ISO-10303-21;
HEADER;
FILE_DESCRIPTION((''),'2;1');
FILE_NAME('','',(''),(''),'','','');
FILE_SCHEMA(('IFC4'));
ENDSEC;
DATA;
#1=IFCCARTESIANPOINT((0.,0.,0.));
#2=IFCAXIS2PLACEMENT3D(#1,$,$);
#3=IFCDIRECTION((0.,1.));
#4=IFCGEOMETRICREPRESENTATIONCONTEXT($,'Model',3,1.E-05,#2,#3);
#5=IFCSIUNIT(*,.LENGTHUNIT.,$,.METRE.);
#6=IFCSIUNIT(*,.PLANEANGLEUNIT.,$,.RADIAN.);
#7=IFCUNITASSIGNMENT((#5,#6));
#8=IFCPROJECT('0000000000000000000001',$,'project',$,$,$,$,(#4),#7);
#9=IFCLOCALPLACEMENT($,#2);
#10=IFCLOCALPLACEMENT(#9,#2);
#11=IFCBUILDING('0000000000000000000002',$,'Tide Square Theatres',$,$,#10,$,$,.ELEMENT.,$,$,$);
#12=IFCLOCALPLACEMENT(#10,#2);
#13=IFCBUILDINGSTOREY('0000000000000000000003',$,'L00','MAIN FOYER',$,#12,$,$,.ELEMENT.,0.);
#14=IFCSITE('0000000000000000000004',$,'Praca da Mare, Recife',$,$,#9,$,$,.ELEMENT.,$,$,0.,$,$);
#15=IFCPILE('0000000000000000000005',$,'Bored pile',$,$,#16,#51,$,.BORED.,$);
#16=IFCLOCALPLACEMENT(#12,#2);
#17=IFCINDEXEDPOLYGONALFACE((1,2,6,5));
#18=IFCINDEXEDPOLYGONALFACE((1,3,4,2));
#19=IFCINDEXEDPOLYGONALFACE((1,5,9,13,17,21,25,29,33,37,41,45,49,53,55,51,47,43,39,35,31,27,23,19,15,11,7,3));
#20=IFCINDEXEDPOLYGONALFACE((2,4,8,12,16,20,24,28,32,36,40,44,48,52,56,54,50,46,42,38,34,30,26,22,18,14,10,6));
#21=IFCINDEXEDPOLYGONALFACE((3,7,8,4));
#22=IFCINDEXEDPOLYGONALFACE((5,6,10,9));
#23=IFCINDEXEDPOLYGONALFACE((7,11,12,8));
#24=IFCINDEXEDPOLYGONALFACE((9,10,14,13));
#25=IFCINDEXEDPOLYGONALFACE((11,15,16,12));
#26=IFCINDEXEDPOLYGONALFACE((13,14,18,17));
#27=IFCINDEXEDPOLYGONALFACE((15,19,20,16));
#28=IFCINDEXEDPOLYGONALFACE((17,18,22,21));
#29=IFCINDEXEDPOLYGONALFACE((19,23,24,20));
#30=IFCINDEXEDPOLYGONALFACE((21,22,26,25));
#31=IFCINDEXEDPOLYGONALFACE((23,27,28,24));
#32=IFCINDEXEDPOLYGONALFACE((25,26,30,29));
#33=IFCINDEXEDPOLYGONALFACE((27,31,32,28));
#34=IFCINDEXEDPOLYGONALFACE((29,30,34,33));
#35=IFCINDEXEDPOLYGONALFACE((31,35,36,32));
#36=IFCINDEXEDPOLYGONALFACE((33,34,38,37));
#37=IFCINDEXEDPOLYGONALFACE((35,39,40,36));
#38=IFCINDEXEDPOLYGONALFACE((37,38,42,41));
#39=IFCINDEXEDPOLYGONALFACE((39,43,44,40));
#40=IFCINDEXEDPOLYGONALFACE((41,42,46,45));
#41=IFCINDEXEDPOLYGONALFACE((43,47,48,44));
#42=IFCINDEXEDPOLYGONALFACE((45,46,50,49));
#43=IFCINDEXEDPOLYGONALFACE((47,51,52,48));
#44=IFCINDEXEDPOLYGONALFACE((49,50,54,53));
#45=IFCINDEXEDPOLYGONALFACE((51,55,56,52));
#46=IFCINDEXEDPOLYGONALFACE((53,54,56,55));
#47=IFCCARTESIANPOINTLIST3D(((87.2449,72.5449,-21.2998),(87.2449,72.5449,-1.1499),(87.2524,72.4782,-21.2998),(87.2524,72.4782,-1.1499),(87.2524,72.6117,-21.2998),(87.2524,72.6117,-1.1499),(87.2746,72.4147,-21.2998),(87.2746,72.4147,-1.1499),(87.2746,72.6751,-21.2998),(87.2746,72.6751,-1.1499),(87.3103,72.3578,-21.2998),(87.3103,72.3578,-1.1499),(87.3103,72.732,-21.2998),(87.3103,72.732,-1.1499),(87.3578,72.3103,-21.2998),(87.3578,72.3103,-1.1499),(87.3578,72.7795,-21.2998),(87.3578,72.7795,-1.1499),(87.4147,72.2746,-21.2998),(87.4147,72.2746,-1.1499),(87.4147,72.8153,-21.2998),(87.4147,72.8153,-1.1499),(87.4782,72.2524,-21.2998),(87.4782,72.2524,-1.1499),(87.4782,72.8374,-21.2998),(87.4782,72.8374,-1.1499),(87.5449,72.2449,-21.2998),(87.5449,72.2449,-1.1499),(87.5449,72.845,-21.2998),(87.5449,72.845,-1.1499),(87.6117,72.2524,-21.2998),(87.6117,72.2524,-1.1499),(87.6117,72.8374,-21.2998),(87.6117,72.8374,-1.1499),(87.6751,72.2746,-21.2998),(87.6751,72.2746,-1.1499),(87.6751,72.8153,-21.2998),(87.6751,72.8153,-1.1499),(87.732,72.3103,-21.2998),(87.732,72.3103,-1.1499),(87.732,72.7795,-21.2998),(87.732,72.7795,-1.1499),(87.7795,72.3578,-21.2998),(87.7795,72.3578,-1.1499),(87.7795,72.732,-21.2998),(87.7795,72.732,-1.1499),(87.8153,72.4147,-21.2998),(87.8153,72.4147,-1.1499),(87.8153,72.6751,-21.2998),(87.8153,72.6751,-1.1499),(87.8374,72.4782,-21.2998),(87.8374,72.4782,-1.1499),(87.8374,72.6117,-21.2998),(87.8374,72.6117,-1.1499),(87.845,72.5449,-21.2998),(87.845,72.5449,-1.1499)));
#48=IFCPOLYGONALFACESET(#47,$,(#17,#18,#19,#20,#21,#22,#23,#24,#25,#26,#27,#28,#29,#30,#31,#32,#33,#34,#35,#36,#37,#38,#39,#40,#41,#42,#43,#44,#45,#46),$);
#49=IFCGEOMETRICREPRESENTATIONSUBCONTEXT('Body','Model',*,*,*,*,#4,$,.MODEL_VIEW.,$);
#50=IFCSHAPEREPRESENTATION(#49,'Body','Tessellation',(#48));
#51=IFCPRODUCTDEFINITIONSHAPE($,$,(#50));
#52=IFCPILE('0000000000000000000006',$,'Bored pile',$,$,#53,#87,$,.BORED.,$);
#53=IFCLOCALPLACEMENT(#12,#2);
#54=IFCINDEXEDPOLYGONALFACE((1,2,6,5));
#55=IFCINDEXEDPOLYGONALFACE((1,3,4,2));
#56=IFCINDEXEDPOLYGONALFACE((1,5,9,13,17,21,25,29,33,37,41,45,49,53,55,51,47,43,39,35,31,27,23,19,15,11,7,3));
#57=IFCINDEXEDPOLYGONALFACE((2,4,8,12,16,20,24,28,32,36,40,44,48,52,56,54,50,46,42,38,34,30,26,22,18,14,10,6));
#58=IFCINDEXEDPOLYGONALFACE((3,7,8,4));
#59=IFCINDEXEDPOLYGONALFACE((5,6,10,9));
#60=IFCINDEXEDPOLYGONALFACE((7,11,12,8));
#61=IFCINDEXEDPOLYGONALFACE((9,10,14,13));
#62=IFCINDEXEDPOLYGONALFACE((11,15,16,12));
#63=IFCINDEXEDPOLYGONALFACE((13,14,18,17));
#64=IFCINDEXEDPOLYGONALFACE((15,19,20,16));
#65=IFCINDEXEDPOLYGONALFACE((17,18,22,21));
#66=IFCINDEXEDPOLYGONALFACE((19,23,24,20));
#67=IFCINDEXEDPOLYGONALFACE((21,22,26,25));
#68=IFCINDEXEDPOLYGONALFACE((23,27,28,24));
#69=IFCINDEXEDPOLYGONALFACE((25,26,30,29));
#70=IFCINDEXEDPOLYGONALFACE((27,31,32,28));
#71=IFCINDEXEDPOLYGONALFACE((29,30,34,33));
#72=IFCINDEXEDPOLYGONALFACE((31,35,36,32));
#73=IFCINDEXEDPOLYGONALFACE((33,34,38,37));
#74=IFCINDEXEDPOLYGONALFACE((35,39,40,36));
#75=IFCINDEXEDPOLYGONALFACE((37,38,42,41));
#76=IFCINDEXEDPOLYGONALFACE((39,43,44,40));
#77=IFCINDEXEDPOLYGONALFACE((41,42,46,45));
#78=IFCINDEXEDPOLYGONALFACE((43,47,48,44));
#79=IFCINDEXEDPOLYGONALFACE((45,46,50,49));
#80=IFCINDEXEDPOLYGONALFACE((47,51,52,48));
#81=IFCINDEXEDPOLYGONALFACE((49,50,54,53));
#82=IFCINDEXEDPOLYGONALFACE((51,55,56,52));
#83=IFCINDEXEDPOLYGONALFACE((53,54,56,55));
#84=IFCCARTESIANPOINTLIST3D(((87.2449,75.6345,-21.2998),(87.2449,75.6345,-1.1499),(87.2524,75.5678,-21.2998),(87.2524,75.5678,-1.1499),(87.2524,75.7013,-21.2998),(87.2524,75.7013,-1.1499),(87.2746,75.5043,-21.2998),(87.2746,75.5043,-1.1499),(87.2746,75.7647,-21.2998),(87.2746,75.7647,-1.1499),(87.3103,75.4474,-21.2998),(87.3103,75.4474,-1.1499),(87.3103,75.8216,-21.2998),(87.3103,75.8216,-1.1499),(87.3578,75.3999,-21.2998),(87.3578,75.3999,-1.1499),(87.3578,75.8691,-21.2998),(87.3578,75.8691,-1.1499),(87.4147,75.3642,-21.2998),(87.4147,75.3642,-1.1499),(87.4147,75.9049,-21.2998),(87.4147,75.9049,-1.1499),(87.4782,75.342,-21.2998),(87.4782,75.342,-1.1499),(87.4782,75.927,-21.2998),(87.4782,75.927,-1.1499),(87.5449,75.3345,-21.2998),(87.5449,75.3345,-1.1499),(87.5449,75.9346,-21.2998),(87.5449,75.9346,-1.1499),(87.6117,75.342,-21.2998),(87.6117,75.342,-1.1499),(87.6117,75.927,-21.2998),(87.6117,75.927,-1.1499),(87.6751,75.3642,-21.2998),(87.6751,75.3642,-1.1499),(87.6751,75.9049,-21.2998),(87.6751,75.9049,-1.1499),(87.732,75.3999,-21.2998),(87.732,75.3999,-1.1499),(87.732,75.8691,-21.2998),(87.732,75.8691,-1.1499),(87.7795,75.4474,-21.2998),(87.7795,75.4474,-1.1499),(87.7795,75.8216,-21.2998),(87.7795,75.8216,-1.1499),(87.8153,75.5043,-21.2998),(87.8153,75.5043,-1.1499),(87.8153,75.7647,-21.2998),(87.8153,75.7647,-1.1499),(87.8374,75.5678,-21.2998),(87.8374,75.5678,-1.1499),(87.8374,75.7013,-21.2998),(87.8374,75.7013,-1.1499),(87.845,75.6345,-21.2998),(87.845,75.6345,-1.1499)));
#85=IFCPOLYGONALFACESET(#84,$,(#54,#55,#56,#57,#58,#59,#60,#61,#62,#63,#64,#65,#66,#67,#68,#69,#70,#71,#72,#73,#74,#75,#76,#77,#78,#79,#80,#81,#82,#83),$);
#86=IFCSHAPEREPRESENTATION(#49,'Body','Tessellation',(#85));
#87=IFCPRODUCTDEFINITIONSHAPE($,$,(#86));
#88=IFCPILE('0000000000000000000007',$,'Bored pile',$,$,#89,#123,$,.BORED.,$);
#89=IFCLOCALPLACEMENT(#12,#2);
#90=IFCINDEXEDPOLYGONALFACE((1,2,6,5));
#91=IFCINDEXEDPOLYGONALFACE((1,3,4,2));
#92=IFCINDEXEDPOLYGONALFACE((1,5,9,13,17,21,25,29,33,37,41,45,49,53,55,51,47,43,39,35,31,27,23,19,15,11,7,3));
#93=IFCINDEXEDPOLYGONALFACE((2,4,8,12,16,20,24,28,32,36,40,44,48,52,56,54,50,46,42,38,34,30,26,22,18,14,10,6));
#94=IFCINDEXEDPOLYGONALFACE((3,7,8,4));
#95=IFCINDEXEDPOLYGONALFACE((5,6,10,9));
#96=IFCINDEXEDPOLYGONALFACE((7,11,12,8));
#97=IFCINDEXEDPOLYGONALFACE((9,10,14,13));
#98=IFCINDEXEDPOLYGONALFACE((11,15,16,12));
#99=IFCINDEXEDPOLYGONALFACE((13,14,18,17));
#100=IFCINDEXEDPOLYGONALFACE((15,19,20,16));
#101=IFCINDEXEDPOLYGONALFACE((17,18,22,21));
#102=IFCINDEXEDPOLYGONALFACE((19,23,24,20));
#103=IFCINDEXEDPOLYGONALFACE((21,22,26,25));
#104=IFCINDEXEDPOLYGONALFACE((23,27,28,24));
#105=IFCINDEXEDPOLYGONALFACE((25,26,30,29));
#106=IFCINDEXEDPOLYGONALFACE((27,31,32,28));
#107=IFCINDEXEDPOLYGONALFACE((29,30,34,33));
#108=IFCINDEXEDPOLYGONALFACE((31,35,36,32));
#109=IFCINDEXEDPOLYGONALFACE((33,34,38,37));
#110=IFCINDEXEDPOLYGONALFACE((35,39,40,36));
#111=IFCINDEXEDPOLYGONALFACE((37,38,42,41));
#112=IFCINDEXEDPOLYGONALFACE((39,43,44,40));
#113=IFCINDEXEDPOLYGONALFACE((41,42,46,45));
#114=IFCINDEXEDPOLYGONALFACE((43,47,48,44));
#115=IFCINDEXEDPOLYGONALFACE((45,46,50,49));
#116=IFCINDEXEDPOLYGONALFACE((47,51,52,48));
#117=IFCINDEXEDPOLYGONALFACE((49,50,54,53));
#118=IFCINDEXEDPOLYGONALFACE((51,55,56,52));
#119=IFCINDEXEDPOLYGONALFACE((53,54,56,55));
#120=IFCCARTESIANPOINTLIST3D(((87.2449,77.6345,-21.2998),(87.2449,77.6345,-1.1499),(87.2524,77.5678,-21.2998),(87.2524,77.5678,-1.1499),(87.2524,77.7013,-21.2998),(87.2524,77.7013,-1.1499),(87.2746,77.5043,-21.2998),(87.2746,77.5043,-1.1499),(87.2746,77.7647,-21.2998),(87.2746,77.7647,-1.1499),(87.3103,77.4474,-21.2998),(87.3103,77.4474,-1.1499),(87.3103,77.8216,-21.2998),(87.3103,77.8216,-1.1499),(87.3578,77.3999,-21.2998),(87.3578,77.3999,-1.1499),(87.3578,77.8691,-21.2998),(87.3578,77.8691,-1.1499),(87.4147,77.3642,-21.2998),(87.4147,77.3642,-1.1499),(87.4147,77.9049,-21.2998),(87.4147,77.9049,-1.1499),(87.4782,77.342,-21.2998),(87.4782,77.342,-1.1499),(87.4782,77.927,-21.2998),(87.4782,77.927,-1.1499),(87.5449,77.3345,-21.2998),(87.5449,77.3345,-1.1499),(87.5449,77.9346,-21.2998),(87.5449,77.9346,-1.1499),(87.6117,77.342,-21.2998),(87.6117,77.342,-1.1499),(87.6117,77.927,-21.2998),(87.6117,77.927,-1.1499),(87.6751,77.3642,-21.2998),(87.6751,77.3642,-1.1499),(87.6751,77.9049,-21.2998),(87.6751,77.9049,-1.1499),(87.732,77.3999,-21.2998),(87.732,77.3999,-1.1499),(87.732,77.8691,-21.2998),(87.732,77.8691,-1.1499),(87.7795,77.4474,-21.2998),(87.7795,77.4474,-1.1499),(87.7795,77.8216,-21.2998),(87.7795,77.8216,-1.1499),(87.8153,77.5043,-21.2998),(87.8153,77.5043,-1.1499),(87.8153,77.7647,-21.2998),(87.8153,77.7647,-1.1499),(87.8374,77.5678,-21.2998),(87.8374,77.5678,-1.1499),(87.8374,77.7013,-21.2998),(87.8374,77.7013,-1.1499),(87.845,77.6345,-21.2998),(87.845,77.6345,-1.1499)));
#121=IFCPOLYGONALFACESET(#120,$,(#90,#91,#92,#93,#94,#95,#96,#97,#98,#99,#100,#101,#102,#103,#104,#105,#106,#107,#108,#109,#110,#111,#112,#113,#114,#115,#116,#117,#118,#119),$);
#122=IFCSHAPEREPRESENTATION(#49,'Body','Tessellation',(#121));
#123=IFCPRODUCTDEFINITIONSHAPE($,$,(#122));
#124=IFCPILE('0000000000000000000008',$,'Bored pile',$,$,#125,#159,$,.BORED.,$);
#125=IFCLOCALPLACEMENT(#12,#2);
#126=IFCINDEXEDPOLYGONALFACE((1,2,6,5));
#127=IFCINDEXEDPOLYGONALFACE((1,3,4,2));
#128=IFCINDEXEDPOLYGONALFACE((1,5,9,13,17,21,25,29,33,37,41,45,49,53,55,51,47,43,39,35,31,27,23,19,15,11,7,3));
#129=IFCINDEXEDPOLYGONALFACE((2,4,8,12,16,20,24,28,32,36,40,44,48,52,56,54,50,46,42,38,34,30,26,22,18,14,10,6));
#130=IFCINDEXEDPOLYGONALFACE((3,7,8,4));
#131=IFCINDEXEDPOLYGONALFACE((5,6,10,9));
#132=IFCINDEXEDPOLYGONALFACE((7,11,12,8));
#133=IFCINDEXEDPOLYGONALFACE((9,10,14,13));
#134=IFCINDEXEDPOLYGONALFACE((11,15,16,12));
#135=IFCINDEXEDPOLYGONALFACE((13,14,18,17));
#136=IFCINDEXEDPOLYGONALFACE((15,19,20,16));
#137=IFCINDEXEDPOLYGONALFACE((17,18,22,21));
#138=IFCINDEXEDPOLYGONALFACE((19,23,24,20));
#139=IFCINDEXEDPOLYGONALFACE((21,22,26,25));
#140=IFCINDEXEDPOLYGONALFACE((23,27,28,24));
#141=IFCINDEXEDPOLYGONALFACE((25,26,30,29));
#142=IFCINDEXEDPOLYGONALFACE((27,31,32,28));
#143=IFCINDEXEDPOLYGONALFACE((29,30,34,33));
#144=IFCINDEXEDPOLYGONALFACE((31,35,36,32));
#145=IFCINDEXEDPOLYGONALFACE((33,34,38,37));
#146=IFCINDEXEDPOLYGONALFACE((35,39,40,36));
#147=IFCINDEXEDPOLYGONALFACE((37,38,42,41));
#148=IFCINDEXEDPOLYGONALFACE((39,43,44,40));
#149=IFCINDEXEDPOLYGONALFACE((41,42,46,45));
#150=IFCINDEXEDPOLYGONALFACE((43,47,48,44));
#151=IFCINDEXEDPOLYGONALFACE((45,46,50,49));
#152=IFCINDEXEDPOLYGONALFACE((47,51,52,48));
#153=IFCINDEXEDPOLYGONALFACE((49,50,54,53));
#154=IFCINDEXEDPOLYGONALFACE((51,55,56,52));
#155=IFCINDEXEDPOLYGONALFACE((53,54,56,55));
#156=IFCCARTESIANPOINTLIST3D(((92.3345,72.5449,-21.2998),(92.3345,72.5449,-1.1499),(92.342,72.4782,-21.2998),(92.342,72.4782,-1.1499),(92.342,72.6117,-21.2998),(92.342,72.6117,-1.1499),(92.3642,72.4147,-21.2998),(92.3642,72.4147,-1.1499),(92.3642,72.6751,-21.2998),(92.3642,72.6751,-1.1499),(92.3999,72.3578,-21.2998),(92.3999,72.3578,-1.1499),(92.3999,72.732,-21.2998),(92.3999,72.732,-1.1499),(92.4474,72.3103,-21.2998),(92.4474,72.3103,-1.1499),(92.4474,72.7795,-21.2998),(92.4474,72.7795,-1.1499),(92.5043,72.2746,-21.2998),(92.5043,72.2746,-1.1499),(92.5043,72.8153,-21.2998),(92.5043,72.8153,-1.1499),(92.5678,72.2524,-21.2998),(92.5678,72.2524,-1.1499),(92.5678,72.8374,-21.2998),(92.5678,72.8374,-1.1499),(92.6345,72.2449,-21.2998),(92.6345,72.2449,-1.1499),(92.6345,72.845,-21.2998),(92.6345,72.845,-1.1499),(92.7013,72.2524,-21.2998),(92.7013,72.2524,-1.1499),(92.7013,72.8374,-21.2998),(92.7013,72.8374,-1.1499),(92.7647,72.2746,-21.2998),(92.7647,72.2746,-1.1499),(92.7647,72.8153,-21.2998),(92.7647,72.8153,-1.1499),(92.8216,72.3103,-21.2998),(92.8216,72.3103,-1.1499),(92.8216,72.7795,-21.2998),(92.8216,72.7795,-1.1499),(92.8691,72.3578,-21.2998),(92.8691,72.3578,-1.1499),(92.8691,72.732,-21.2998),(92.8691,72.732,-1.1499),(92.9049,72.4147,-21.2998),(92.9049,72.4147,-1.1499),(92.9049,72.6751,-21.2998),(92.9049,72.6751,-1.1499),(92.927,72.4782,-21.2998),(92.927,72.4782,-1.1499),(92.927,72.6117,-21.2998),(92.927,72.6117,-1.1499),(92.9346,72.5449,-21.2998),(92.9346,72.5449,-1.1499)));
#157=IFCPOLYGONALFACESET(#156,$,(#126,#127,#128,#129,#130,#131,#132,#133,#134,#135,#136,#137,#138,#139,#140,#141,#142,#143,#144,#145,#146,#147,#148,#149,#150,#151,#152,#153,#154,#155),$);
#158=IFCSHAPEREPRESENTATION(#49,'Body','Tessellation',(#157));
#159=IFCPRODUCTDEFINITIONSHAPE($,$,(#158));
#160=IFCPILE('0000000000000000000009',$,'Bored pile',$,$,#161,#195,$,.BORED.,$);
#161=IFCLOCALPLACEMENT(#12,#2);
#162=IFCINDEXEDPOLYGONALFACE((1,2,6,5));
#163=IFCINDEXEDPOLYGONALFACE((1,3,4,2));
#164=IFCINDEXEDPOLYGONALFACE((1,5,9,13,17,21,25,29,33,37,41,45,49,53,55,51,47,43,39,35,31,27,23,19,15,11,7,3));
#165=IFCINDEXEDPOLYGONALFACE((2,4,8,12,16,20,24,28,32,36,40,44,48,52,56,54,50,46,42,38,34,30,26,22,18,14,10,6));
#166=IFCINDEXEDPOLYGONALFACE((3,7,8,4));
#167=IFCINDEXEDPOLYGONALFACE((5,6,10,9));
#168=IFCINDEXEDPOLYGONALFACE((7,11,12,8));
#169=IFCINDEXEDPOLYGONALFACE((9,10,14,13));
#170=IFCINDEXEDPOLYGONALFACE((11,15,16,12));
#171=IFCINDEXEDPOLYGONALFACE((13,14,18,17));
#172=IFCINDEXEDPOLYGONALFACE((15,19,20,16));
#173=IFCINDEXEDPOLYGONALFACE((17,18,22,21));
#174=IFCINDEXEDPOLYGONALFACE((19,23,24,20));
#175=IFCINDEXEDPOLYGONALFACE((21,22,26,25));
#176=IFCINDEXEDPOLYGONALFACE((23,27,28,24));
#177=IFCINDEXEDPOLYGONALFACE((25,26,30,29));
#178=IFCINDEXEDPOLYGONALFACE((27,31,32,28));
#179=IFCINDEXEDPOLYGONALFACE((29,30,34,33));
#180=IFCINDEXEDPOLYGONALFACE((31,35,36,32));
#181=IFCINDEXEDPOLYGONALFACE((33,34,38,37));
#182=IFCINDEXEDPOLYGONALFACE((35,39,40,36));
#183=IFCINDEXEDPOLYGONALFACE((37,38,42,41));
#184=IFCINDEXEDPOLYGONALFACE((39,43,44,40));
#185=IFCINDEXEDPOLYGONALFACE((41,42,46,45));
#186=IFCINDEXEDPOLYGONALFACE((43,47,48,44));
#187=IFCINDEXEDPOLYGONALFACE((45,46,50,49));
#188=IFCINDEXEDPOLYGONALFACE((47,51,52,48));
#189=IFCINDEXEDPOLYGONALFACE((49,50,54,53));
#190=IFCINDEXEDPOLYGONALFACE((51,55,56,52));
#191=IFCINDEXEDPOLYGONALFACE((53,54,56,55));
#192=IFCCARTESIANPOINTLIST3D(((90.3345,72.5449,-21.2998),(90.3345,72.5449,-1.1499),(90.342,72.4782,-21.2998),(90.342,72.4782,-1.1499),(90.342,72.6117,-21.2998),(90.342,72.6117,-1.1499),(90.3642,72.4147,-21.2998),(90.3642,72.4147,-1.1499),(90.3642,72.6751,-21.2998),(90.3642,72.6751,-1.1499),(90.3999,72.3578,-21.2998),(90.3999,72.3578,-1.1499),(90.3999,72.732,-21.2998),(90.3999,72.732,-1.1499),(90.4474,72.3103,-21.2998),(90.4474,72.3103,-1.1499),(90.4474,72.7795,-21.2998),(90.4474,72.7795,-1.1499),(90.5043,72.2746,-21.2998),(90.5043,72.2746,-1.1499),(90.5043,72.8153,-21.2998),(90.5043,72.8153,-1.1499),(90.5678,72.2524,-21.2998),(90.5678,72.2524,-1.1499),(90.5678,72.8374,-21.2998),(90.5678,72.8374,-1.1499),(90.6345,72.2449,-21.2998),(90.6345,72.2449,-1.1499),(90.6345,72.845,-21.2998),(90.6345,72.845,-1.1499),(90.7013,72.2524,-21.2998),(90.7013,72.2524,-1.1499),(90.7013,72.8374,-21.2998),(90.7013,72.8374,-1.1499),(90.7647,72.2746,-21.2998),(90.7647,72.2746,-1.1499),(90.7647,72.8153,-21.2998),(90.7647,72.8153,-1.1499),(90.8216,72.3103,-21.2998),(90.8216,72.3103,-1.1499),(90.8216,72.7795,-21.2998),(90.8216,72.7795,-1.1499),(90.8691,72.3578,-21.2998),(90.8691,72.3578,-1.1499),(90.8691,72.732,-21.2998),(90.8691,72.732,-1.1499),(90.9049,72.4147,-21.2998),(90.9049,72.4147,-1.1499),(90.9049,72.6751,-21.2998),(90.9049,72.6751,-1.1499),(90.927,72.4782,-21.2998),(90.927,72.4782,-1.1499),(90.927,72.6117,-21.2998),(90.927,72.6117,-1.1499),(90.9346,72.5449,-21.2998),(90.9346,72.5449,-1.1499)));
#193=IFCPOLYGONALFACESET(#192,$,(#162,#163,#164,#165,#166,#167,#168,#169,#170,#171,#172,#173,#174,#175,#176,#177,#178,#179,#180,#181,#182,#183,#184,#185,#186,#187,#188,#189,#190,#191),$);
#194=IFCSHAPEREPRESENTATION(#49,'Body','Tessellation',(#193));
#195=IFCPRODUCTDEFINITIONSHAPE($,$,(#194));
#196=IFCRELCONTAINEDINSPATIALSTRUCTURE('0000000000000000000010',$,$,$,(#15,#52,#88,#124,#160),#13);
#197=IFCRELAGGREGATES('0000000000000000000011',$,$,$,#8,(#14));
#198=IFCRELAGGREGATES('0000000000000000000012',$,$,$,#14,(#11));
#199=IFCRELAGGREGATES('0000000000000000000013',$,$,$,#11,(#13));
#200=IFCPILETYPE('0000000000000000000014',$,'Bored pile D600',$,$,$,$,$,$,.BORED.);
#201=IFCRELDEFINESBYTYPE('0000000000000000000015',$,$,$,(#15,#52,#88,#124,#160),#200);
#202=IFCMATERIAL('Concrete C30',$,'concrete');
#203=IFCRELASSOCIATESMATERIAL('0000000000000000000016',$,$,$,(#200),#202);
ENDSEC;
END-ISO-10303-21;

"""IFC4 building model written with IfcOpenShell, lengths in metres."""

from ifc_helpers import new_model, si_unit, direction, frame, origin, origin_2d, place, context, subcontext, project, spatial, circle, extrude, material, material_profile, profile_set, type_object, element, save


model = new_model("IFC4")

# Units and contexts
model_context = context("Model", 3, precision=1e-05, world=origin(), true_north=direction((0.0, 1.0)))
body_context = subcontext(model_context, "Body", "Model", "MODEL_VIEW")
ifc_project = project(units=[si_unit("LENGTHUNIT", "METRE"), si_unit("PLANEANGLEUNIT", "RADIAN")], contexts=[model_context])

# Site, building, storey
site_placement = place(None, origin())
site = spatial("IfcSite", under=ifc_project, at=site_placement, Name="Praca da Mare, Recife", CompositionType="ELEMENT", RefElevation=0.0)
building_placement = place(site_placement, origin())
building = spatial("IfcBuilding", under=site, at=building_placement, Name="Tide Square Theatres", CompositionType="ELEMENT")
storey_placement = place(building_placement, origin())
storey = spatial("IfcBuildingStorey", under=building, at=storey_placement, Name="L00", Description="MAIN FOYER", CompositionType="ELEMENT", Elevation=0.0)

# Piles
ifc_material_1 = material(Name="Concrete C30", Category="concrete")
ifc_material_profile_1 = material_profile(ifc_material_1, circle(Radius=0.3, at=origin_2d()))
ifc_profile_set_1 = profile_set([ifc_material_profile_1], Name="Concrete C30")
pile_type = type_object("IfcPileType", Name="Bored pile D600", PredefinedType="BORED", material=ifc_profile_set_1)
for number, where, z_axis, x_axis, name in (
    (1, (87.5449, 72.5449, -1.1499), (0.0, 0.0, -1.0), (1.0, 0.0, 0.0), "Bored pile"),
    (2, (87.5449, 75.6345, -1.1499), (0.0, 0.0, -1.0), (1.0, 0.0, 0.0), "Bored pile"),
    (3, (87.5449, 77.6345, -1.1499), (0.0, 0.0, -1.0), (1.0, 0.0, 0.0), "Bored pile"),
    (4, (92.6345, 72.5449, -1.1499), (0.0, 0.0, -1.0), (1.0, 0.0, 0.0), "Bored pile"),
    (5, (90.6345, 72.5449, -1.1499), (0.0, 0.0, -1.0), (1.0, 0.0, 0.0), "Bored pile"),
):
    element("IfcPile", number, at=place(storey_placement, frame(where, z_axis=z_axis, x_axis=x_axis)), inside=storey, type_object=pile_type, Name=name, PredefinedType="BORED", context=body_context, shape_type="SweptSolid", body=[
        extrude(circle(Radius=0.3, at=origin_2d()), origin(), (0.0, 0.0, 1.0), 20.1499),
    ])

save(model, "model.ifc")
